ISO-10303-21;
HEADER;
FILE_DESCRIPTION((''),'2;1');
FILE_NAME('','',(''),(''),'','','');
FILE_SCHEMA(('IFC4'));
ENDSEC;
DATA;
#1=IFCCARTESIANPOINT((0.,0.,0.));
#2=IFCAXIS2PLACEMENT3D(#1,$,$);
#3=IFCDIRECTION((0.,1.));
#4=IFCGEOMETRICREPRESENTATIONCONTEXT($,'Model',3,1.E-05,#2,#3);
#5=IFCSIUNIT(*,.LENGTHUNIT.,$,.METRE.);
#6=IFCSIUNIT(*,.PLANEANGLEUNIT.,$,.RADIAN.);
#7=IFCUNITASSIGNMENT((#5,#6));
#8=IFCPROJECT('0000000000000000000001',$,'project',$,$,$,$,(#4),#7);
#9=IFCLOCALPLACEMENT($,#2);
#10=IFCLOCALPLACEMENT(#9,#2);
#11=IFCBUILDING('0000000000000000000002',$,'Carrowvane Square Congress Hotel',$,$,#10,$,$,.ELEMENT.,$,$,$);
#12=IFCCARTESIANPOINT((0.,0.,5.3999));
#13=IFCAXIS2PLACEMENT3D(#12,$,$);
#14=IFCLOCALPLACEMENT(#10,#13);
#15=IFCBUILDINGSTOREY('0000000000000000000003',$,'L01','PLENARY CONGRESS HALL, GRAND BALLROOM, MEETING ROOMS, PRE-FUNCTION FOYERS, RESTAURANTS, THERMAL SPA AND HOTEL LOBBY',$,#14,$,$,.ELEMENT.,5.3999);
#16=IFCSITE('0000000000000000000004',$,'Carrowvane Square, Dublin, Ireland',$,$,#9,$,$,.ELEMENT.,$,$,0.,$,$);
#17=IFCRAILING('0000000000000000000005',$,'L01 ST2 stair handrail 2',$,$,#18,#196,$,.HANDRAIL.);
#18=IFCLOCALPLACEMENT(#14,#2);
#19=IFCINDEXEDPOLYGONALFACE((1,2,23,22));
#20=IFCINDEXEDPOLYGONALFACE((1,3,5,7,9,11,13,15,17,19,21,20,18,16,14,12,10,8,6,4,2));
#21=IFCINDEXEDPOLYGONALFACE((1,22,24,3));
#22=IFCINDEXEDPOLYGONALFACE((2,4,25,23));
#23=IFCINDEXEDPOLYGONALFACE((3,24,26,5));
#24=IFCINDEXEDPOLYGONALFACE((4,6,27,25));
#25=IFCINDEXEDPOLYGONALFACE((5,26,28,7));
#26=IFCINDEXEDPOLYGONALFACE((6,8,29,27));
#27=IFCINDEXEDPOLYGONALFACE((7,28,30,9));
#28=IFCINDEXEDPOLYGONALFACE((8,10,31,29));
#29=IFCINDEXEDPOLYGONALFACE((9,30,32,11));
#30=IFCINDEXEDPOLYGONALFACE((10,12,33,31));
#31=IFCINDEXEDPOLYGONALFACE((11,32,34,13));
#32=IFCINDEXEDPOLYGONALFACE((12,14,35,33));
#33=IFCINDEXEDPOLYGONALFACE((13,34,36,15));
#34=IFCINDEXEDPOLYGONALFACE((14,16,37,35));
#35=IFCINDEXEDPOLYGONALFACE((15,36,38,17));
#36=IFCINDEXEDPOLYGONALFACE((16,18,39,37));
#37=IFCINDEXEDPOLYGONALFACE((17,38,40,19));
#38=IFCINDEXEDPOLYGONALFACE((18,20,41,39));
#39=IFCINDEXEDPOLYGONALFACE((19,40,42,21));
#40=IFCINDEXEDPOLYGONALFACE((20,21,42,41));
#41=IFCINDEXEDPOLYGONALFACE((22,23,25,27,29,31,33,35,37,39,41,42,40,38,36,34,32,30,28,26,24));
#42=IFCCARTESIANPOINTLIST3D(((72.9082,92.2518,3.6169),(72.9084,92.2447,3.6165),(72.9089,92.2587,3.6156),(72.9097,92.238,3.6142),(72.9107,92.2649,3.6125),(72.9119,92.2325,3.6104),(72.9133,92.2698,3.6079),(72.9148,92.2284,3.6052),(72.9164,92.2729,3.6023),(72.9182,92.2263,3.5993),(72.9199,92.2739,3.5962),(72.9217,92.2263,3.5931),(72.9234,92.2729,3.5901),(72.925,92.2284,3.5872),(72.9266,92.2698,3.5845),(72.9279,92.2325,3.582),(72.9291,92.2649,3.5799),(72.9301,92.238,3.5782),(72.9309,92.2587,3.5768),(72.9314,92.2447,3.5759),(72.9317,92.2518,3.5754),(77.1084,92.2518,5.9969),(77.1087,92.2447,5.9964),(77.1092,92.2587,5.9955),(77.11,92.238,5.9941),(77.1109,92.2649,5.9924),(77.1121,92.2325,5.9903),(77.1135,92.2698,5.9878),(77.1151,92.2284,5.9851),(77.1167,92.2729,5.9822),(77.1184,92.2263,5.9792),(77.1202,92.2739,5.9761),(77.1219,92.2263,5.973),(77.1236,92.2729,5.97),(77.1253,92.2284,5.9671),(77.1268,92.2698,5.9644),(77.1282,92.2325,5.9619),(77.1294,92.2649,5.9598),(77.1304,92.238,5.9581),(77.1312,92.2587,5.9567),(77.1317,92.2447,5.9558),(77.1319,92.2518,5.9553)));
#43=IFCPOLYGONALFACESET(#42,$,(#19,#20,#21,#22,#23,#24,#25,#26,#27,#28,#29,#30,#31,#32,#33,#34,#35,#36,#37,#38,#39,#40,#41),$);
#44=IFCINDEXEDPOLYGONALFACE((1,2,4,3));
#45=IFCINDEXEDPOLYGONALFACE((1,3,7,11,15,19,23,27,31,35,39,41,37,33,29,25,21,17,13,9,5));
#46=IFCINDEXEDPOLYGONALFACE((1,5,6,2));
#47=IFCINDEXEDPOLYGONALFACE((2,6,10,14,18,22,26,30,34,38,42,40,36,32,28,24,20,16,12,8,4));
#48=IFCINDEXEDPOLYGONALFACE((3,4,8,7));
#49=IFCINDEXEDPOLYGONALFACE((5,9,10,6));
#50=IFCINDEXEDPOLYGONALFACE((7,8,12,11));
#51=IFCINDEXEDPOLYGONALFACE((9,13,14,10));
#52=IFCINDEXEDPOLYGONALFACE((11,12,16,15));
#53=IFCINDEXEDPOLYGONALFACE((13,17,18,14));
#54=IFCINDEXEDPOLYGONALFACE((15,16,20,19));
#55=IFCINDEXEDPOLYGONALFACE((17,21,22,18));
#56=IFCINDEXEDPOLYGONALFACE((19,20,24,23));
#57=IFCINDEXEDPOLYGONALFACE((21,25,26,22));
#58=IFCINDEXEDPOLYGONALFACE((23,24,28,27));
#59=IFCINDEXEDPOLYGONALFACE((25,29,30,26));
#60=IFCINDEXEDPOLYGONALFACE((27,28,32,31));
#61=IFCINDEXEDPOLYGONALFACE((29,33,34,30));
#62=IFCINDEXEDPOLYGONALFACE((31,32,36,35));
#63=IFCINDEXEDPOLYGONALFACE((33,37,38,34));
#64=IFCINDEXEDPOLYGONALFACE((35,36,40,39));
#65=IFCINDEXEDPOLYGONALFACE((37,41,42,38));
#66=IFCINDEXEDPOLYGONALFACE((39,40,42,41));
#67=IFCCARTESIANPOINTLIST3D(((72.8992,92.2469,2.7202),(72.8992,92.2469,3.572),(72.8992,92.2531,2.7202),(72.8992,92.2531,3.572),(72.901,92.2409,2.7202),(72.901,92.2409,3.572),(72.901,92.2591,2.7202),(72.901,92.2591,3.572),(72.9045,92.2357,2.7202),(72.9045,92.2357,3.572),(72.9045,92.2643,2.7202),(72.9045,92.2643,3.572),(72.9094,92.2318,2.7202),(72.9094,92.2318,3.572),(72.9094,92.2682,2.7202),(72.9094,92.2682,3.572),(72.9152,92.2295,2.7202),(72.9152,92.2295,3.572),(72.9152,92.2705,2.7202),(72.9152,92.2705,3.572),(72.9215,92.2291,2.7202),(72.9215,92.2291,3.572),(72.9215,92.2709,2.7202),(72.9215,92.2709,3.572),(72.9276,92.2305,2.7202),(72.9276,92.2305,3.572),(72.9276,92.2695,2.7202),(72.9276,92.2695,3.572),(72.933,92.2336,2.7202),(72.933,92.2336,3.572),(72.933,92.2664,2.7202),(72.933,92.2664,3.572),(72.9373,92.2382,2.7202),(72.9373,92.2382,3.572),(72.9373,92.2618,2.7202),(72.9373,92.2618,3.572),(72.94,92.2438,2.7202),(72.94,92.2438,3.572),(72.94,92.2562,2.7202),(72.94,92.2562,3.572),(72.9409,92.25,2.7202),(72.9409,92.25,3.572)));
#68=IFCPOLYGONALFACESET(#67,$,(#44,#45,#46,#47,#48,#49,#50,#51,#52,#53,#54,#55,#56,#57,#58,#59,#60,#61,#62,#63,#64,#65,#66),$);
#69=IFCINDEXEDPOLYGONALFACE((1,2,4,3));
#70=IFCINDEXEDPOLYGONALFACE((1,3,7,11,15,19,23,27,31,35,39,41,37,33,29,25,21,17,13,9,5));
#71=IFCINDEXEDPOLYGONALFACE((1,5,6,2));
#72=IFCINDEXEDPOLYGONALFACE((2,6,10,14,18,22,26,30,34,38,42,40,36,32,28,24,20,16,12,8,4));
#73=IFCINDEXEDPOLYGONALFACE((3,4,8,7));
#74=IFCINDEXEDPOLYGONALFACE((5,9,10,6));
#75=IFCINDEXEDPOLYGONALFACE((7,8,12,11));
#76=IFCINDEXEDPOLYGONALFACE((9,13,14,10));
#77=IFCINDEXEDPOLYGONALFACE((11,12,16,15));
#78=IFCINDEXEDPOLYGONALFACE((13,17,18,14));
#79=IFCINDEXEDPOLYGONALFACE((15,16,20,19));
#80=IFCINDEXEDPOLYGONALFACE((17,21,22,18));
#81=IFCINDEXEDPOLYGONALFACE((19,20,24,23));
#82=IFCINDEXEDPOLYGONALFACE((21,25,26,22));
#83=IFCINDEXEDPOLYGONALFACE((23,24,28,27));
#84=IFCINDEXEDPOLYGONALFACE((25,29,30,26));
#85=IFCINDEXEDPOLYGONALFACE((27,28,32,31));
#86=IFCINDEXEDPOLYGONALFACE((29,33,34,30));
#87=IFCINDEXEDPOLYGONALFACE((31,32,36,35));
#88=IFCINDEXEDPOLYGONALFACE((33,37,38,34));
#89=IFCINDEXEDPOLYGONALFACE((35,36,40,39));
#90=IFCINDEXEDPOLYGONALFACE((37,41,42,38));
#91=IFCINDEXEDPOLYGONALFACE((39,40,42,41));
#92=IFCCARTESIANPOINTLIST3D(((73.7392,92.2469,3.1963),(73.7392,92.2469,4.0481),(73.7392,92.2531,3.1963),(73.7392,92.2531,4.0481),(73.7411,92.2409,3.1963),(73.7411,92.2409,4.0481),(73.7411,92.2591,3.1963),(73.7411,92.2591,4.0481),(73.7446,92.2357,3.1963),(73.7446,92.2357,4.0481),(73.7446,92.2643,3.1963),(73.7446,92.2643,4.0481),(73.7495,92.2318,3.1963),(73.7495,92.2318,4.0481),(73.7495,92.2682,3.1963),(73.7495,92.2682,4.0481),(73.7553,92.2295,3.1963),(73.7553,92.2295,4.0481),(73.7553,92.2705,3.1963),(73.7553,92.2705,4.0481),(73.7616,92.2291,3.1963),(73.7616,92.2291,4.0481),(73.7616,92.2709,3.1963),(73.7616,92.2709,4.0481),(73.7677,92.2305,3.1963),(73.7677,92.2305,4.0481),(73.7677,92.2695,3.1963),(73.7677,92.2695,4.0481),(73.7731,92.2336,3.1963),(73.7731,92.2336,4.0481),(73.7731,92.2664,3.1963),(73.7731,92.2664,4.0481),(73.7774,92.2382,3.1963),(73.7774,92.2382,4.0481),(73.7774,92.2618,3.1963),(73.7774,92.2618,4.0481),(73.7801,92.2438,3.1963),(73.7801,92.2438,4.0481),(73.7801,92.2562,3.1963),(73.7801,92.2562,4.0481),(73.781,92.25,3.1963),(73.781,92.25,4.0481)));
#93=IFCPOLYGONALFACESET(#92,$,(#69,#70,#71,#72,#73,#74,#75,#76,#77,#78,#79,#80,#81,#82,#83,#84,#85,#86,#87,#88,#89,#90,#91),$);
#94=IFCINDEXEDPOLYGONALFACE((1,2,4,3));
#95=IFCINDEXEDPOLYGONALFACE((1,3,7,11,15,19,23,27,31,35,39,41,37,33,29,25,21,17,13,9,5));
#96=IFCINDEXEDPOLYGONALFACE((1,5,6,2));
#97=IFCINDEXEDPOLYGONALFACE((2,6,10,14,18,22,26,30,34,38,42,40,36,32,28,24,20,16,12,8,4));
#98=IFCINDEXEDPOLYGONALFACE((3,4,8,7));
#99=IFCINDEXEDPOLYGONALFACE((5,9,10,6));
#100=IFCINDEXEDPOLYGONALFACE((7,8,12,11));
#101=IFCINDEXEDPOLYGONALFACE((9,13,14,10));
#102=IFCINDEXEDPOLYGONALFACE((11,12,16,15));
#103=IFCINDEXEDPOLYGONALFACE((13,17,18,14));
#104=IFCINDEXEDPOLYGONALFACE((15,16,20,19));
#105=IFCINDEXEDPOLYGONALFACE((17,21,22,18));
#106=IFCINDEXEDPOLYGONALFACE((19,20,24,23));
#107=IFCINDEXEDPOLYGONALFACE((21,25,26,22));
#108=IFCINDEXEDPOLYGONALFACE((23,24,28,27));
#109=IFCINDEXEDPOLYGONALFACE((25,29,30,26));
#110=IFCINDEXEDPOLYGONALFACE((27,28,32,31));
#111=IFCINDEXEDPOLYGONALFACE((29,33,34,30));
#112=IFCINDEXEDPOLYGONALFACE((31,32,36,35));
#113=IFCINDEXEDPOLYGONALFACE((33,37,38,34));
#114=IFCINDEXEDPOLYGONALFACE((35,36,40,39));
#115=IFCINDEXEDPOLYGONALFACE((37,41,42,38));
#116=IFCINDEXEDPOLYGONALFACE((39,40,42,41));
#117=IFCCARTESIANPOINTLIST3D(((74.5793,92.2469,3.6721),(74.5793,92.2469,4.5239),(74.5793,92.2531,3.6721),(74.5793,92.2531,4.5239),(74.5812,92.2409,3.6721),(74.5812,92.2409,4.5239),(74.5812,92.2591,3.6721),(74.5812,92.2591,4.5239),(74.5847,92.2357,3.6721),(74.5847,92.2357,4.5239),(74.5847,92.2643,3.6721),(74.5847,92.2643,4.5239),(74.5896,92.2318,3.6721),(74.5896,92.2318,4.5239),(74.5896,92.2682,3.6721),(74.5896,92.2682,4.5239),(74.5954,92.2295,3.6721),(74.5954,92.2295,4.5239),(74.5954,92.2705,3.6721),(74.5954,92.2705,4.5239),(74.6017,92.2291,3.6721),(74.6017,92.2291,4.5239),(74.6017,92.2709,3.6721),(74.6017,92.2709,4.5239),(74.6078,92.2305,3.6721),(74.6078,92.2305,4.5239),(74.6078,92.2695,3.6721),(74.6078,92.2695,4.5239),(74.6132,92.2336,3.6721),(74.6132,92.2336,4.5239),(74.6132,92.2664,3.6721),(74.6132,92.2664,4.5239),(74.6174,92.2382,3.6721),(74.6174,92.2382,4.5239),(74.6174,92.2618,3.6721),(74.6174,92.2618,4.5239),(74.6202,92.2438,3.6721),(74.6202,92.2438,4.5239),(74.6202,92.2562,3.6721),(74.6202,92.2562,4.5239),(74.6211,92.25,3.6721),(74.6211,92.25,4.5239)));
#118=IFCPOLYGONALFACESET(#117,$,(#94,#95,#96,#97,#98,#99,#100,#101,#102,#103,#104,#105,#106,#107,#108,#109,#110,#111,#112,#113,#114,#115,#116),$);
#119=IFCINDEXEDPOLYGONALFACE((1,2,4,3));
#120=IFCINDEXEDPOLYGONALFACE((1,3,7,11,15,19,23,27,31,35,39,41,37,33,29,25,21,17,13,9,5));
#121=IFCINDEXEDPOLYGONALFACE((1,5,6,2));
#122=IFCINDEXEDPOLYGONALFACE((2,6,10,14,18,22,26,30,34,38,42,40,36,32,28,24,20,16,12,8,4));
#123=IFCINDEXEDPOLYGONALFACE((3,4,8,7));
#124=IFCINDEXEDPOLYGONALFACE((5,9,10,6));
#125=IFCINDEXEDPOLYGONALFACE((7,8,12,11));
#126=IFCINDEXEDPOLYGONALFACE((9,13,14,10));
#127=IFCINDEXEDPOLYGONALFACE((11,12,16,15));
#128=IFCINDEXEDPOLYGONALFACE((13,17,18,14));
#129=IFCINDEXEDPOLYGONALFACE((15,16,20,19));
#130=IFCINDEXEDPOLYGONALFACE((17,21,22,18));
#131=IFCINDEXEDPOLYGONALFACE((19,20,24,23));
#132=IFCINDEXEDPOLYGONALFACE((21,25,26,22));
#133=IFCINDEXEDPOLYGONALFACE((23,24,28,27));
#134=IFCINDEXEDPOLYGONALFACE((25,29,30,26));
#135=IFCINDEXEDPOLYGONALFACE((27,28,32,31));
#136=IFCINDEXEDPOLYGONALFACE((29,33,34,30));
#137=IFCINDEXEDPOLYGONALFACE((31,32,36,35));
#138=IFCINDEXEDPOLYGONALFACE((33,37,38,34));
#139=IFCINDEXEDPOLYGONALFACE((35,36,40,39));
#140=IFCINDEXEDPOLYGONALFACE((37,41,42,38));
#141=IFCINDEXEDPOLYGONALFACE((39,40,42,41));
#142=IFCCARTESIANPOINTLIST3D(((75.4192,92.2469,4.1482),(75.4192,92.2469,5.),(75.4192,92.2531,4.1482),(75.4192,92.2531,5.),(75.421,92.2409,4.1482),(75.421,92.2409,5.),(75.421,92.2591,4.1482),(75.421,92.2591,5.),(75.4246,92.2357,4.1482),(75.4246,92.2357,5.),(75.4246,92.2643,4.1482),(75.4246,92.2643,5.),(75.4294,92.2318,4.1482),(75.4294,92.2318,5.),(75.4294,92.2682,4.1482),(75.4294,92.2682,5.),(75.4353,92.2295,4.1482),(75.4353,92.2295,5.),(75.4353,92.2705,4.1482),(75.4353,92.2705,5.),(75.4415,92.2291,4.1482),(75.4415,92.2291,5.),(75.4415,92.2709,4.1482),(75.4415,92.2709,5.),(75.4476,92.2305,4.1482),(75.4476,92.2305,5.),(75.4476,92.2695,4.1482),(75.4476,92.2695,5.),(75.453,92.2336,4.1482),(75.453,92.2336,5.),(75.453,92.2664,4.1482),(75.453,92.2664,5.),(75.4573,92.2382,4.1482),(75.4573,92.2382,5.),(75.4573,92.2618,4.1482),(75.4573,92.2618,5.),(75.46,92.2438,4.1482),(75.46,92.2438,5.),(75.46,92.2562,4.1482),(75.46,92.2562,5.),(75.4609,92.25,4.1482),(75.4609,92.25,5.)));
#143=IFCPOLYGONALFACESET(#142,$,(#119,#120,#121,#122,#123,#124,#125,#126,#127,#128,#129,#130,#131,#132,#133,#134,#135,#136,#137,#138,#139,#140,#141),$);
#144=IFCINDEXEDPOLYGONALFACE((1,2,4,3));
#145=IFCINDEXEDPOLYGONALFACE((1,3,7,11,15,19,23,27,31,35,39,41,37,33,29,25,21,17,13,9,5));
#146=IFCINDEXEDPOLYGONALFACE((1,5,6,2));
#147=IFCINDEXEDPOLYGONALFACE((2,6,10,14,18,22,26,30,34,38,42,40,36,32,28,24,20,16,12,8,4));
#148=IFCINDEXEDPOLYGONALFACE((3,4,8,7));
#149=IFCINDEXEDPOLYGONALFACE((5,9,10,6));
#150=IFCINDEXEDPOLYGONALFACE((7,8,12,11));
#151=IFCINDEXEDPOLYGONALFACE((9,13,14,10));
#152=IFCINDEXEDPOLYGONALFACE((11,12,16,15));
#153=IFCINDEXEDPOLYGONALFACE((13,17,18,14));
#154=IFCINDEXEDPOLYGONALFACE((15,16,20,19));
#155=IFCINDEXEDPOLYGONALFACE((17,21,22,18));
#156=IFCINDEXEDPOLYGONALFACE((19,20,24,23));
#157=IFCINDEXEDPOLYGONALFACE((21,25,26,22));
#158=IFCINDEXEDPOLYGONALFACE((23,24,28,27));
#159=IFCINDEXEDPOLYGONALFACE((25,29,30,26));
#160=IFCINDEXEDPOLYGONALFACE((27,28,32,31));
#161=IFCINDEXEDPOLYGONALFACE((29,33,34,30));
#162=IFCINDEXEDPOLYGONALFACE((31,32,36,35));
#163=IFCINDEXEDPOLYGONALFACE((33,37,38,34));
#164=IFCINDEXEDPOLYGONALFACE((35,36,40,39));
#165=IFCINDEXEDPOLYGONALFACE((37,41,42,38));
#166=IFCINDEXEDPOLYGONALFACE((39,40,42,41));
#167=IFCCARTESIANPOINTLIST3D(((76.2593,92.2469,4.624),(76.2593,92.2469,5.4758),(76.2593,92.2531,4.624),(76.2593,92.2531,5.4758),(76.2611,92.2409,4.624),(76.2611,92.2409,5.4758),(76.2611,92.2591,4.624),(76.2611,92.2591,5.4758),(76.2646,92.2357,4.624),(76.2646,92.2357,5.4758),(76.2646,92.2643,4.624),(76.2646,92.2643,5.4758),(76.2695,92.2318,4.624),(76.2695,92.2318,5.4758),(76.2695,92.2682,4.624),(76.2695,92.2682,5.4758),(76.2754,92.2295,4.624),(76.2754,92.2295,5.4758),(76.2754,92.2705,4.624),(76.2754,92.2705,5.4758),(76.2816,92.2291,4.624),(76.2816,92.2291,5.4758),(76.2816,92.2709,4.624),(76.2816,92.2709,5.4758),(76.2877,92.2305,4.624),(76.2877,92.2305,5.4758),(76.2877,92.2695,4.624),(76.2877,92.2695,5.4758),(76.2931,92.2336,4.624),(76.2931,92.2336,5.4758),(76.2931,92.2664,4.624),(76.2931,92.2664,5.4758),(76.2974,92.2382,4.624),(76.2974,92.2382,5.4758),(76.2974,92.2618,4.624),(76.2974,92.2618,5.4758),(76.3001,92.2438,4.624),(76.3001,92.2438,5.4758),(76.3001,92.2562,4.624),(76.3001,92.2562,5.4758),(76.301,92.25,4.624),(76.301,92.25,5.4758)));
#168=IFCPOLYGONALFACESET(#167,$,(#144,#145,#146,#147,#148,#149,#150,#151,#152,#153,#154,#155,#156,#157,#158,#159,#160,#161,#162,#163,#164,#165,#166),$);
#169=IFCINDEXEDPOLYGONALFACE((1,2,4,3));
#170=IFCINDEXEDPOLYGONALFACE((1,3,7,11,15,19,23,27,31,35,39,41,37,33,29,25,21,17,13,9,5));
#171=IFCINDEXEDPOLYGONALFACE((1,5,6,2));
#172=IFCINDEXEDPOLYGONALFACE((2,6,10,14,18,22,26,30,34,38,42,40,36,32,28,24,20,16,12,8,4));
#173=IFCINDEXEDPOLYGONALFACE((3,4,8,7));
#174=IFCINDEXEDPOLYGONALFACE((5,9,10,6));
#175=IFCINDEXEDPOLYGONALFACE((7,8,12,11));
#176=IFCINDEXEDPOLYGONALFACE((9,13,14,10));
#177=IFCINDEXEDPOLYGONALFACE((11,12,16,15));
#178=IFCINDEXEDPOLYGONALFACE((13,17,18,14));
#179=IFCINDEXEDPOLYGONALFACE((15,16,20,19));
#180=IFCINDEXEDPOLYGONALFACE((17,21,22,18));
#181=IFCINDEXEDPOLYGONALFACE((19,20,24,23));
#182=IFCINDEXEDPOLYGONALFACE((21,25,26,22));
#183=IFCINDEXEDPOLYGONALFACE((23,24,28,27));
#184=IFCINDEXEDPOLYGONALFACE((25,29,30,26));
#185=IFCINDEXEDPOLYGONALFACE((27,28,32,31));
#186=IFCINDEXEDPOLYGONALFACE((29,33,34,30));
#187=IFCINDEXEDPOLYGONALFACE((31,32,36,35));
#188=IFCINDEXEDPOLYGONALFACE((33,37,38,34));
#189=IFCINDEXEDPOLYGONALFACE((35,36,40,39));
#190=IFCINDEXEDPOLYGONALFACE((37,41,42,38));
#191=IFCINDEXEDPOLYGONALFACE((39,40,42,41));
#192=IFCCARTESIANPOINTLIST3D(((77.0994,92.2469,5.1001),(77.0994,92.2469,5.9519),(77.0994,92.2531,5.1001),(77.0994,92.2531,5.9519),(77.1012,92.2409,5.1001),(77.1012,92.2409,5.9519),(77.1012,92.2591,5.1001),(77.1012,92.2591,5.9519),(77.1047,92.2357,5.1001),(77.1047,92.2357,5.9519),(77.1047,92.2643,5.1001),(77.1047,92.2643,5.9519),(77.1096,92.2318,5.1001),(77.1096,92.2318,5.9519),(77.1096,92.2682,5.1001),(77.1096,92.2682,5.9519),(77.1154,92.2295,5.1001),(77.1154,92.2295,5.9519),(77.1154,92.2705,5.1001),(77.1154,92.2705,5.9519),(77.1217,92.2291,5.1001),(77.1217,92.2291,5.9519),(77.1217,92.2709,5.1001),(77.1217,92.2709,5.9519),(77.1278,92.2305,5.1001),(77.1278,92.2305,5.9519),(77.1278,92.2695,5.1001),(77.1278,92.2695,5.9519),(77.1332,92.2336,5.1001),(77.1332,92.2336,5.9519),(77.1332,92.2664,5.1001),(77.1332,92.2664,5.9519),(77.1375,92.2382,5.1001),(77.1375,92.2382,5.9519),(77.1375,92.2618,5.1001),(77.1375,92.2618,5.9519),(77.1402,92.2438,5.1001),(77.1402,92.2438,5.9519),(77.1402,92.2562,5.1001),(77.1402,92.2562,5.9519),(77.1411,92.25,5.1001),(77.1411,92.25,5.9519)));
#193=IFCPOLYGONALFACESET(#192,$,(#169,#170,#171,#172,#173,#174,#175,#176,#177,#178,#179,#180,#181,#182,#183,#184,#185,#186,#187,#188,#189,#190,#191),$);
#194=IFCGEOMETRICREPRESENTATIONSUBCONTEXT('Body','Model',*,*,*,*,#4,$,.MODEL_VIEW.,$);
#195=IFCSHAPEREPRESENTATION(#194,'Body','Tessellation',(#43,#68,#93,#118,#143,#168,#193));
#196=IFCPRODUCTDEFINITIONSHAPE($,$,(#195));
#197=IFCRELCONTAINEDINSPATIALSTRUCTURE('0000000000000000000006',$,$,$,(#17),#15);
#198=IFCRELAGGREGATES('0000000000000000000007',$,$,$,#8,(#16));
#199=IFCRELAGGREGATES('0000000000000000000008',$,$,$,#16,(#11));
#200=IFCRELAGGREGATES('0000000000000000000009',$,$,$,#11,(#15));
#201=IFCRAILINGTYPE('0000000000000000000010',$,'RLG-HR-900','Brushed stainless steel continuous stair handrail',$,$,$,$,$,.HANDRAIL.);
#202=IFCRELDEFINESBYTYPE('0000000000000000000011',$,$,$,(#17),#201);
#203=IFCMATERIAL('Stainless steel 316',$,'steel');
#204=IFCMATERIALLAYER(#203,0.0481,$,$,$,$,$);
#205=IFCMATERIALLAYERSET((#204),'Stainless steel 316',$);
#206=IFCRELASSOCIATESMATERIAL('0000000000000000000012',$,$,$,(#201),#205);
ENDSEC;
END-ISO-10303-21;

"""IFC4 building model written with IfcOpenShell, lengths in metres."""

from ifc_helpers import new_model, si_unit, direction, frame, origin, origin_2d, place, context, subcontext, project, spatial, circle, extrude, material, layer, layer_set, type_object, element, save


model = new_model("IFC4")

# Units and contexts
model_context = context("Model", 3, precision=1e-05, world=origin(), true_north=direction((0.0, 1.0)))
body_context = subcontext(model_context, "Body", "Model", "MODEL_VIEW")
ifc_project = project(units=[si_unit("LENGTHUNIT", "METRE"), si_unit("PLANEANGLEUNIT", "RADIAN")], contexts=[model_context])

# Site, building, storey
site_placement = place(None, origin())
site = spatial("IfcSite", under=ifc_project, at=site_placement, Name="Carrowvane Square, Dublin, Ireland", CompositionType="ELEMENT", RefElevation=0.0)
building_placement = place(site_placement, origin())
building = spatial("IfcBuilding", under=site, at=building_placement, Name="Carrowvane Square Congress Hotel", CompositionType="ELEMENT")
storey_placement = place(building_placement, frame((0.0, 0.0, 5.3999)))
storey = spatial("IfcBuildingStorey", under=building, at=storey_placement, Name="L01", Description="PLENARY CONGRESS HALL, GRAND BALLROOM, MEETING ROOMS, PRE-FUNCTION FOYERS, RESTAURANTS, THERMAL SPA AND HOTEL LOBBY", CompositionType="ELEMENT", Elevation=5.3999)

# Railing
ifc_material_1 = material(Name="Stainless steel 316", Category="steel")
ifc_layer_1 = layer(ifc_material_1, 0.0481)
ifc_layer_set_1 = layer_set([ifc_layer_1], Name="Stainless steel 316")
railing_type_1 = type_object("IfcRailingType", Name="RLG-HR-900", Description="Brushed stainless steel continuous stair handrail", PredefinedType="HANDRAIL", material=ifc_layer_set_1)
railing_1_placement = place(storey_placement, frame((72.9199, 92.25, 2.7202)))
element("IfcRailing", 1, at=railing_1_placement, inside=storey, type_object=railing_type_1, Name="L01 ST2 stair handrail 2", PredefinedType="HANDRAIL", context=body_context, shape_type="SweptSolid", body=[
    extrude(circle(Radius=0.0239, at=origin_2d()), frame((0.0, 0.0, 0.876), z_axis=(0.870042, 0.0, 0.492977), x_axis=(0.0, 1.0, 0.0)), (0.0, 0.0, 1.0), 4.8276),
    extrude(circle(Radius=0.021, at=origin_2d()), origin(), (0.0, 0.0, 1.0), 0.8518),
    extrude(circle(Radius=0.021, at=origin_2d()), frame((0.8401, 0.0, 0.4761)), (0.0, 0.0, 1.0), 0.8518),
    extrude(circle(Radius=0.021, at=origin_2d()), frame((1.6802, 0.0, 0.9519)), (0.0, 0.0, 1.0), 0.8518),
    extrude(circle(Radius=0.021, at=origin_2d()), frame((2.52, 0.0, 1.428)), (0.0, 0.0, 1.0), 0.8518),
    extrude(circle(Radius=0.021, at=origin_2d()), frame((3.3601, 0.0, 1.9038)), (0.0, 0.0, 1.0), 0.8518),
    extrude(circle(Radius=0.021, at=origin_2d()), frame((4.2002, 0.0, 2.3799)), (0.0, 0.0, 1.0), 0.8518),
])

save(model, "model.ifc")
